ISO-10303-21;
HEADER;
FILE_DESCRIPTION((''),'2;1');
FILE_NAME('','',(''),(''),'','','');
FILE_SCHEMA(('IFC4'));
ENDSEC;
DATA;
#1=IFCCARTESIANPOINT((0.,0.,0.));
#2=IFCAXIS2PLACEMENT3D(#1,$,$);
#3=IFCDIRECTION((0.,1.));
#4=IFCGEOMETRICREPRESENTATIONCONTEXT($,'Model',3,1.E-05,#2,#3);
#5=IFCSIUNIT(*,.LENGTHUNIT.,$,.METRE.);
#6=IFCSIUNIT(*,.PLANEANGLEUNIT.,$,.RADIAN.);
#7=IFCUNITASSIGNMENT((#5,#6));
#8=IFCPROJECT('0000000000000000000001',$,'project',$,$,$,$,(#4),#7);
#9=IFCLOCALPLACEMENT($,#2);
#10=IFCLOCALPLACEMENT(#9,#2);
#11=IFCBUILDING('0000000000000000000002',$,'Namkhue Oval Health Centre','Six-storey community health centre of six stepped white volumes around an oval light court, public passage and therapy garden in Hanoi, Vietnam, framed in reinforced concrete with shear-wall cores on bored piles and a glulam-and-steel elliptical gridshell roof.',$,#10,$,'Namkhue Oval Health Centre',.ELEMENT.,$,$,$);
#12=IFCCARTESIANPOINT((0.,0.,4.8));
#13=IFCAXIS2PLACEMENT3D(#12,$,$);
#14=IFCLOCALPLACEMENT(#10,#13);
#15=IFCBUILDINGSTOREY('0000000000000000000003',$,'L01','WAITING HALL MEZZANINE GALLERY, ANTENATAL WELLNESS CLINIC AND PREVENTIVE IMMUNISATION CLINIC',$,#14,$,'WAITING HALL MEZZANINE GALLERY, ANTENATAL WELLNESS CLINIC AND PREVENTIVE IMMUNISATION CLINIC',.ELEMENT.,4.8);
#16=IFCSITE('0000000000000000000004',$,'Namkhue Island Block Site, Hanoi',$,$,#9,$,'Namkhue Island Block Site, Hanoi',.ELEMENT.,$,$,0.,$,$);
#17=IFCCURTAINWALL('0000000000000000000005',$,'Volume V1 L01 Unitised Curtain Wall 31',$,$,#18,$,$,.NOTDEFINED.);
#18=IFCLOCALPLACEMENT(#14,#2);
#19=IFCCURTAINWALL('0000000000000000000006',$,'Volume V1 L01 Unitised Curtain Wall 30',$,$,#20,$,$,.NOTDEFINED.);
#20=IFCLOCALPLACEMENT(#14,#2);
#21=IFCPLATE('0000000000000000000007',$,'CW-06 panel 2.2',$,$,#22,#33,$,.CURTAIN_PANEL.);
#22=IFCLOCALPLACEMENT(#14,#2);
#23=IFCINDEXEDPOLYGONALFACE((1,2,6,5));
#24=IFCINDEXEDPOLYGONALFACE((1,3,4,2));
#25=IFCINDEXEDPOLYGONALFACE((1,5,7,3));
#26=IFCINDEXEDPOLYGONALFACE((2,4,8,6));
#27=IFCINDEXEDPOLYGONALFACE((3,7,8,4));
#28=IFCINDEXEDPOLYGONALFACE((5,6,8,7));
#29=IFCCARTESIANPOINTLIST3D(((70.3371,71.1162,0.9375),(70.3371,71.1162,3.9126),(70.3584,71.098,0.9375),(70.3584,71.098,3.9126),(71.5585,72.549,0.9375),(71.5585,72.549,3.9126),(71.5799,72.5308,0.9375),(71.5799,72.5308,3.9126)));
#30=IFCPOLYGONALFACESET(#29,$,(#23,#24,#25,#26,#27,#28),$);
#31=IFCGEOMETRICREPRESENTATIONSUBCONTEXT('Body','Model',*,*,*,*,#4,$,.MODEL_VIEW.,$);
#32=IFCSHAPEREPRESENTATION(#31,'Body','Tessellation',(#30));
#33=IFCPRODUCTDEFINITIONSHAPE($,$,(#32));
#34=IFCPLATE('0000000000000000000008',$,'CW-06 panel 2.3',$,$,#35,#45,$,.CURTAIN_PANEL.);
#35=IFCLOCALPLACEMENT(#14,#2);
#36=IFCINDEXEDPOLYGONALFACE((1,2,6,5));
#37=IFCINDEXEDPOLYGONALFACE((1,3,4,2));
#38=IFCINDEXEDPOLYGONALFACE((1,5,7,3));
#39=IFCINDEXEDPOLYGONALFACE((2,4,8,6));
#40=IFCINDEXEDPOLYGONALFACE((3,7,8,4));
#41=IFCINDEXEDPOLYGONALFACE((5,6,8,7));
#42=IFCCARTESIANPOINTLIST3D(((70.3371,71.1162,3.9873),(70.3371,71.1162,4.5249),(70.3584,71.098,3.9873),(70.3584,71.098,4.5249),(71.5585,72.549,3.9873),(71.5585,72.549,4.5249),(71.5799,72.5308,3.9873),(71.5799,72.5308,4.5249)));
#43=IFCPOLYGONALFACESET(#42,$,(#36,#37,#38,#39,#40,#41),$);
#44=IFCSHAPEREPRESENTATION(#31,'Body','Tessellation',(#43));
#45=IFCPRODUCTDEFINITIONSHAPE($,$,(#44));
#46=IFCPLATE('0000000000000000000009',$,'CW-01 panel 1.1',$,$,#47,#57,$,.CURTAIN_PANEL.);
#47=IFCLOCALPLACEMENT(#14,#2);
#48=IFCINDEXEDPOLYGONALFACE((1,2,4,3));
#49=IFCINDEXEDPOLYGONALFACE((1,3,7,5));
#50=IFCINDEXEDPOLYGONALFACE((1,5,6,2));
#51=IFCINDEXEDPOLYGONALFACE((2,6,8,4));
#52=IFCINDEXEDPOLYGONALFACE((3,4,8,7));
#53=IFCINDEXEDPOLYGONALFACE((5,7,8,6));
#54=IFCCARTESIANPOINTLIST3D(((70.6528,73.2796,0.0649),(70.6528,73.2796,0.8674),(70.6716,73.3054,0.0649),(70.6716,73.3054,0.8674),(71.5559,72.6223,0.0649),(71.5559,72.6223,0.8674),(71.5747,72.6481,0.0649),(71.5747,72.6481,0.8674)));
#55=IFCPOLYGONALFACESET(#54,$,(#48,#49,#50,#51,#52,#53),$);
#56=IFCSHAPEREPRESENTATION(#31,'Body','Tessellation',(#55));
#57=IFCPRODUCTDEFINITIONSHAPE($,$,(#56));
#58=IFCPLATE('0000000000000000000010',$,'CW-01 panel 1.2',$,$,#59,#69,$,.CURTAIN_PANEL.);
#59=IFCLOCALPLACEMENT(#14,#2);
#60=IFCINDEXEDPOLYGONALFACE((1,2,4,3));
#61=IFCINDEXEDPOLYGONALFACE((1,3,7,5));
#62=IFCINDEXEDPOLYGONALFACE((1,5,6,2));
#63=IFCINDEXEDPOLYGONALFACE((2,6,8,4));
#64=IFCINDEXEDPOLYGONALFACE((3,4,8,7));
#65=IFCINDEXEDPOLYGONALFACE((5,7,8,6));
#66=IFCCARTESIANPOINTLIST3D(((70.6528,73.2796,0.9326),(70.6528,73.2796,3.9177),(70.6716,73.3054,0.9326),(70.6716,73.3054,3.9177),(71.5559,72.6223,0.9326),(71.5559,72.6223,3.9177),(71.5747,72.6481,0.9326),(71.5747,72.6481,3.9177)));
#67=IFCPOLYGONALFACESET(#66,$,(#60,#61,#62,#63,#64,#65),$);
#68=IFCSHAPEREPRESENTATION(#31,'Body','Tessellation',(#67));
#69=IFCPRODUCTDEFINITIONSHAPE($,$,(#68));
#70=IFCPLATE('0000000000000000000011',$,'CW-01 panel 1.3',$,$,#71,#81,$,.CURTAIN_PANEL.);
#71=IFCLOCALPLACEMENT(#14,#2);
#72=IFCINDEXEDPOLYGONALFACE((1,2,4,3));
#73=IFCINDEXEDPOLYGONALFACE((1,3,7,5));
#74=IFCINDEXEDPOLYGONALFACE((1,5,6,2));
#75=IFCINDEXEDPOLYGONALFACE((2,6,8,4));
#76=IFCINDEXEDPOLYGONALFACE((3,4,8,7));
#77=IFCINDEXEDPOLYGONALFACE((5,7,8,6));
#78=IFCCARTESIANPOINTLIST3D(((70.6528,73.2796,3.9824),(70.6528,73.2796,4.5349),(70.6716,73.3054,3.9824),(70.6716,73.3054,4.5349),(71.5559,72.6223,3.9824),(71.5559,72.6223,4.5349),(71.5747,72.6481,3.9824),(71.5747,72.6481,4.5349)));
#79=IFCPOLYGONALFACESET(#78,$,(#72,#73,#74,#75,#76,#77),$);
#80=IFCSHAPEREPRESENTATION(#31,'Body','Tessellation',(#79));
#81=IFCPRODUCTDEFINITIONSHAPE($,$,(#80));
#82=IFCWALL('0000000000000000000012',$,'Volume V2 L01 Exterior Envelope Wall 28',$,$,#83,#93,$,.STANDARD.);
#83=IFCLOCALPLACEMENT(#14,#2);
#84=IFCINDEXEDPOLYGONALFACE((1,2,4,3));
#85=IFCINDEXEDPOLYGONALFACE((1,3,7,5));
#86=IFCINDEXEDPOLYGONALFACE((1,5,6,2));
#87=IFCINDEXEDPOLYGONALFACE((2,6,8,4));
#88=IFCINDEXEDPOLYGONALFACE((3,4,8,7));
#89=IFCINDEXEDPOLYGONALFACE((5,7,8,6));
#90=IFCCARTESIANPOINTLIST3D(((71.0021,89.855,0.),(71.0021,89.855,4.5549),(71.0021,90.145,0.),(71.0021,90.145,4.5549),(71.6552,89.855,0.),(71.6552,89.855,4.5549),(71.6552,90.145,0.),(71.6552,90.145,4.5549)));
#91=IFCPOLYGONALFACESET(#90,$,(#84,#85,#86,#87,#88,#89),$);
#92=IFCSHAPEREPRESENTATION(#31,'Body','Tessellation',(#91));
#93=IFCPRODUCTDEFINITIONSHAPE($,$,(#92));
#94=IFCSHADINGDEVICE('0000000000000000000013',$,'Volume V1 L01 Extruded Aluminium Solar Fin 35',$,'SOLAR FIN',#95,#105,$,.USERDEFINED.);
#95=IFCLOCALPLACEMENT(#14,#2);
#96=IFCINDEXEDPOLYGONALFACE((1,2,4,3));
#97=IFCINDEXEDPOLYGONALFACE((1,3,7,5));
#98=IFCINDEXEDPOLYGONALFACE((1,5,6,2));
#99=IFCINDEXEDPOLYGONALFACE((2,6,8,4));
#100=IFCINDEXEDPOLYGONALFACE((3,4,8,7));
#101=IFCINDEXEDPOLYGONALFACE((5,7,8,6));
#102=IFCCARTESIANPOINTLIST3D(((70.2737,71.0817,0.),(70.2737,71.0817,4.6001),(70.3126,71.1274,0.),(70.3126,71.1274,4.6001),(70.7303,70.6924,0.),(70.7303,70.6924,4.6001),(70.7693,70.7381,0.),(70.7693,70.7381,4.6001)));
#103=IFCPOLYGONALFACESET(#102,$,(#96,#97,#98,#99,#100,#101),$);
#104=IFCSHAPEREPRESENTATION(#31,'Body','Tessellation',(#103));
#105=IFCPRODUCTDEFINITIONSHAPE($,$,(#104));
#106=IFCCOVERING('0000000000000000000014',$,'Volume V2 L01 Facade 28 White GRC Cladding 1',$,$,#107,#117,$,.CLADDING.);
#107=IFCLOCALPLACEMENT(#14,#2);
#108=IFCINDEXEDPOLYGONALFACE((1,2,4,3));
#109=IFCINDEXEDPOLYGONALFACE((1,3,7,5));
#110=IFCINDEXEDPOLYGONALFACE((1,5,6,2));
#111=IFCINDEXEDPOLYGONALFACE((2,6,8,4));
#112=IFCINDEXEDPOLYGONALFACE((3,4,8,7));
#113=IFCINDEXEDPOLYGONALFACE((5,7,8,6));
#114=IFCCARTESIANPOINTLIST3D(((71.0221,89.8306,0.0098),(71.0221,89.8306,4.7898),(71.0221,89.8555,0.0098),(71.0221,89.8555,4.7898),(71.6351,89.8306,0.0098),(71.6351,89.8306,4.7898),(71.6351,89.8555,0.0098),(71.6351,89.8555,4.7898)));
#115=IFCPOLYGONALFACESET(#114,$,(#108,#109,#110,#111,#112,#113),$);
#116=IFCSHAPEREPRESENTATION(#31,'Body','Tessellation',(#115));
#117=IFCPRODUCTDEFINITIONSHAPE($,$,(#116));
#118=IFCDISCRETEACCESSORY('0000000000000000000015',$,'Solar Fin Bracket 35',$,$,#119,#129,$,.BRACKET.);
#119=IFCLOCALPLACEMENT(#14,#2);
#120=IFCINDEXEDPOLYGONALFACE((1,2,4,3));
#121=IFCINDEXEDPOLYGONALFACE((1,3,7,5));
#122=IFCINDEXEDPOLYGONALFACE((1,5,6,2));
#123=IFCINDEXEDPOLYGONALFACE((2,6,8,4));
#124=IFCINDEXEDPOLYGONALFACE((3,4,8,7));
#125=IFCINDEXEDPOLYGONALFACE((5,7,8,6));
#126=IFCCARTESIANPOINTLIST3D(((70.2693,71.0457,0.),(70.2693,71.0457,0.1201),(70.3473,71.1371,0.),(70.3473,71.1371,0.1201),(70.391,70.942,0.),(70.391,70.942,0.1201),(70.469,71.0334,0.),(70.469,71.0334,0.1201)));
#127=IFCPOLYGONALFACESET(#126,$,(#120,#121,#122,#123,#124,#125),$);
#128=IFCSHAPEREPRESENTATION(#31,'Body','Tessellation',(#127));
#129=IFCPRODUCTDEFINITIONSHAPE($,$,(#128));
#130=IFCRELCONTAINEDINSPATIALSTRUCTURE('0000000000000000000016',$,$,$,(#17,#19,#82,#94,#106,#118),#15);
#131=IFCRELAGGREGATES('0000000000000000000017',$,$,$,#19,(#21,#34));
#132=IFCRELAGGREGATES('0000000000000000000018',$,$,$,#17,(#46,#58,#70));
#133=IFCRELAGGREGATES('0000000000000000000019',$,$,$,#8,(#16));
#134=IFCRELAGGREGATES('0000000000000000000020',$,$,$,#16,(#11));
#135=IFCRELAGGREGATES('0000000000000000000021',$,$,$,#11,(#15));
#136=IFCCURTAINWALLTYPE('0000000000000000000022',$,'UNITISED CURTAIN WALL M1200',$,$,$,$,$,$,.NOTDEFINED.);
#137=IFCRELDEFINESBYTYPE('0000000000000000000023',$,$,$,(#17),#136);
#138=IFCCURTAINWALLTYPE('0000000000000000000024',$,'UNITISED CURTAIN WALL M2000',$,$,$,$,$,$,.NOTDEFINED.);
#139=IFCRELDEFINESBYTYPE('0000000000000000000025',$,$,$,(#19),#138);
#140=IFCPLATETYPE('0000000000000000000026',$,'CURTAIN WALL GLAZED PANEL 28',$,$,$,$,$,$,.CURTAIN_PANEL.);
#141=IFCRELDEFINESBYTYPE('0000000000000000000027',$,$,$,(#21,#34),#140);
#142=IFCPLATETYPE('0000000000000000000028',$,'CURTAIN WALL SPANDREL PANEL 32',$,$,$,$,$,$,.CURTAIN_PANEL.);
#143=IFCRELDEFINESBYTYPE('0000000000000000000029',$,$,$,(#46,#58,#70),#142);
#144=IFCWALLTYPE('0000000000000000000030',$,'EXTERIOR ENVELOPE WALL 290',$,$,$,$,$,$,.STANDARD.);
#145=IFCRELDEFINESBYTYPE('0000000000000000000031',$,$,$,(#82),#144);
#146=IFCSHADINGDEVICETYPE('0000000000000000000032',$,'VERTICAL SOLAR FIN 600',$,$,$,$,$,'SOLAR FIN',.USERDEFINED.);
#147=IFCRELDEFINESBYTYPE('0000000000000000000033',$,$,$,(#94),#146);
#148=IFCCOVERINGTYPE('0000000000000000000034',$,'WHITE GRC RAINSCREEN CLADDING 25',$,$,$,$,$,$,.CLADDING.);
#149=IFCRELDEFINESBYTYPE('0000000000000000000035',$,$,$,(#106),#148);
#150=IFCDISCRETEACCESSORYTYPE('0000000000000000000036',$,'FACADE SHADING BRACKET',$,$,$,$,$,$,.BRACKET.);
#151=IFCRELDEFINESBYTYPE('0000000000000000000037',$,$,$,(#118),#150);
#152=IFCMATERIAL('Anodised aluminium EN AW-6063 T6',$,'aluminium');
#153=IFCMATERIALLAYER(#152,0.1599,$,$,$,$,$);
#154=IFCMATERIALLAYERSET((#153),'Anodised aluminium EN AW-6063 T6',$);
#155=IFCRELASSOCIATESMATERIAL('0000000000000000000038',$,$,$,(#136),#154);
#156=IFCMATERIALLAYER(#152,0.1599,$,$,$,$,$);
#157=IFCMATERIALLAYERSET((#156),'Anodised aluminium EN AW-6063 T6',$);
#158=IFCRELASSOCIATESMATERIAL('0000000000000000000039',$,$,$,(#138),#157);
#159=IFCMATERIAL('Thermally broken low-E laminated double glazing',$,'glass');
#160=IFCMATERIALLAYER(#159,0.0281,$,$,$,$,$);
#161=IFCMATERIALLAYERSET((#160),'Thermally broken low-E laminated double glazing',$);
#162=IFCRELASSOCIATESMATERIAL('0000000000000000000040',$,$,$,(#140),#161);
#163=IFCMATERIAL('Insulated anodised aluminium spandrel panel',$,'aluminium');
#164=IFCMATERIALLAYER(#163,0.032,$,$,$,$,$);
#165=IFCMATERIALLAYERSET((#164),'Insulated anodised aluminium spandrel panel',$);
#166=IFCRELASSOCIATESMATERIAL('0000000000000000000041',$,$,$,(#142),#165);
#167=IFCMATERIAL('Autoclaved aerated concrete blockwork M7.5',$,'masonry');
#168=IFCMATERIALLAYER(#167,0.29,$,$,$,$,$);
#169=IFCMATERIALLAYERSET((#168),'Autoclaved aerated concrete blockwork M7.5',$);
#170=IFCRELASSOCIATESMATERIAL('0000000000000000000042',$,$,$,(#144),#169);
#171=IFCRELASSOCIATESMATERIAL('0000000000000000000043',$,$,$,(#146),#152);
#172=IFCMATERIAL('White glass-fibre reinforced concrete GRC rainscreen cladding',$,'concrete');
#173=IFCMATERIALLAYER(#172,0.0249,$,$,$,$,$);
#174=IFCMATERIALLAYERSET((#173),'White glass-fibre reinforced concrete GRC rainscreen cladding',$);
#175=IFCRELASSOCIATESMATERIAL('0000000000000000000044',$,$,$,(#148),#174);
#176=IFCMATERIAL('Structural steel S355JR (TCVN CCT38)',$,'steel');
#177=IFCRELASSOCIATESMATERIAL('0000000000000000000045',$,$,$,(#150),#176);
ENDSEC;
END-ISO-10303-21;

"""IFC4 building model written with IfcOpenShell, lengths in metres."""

from ifc_helpers import new_model, si_unit, direction, frame, frame_2d, origin, origin_2d, place, context, subcontext, project, spatial, rectangle, extrude, material, layer, layer_set, type_object, element, aggregate, save


model = new_model("IFC4")

# Units and contexts
model_context = context("Model", 3, precision=1e-05, world=origin(), true_north=direction((0.0, 1.0)))
body_context = subcontext(model_context, "Body", "Model", "MODEL_VIEW")
ifc_project = project(units=[si_unit("LENGTHUNIT", "METRE"), si_unit("PLANEANGLEUNIT", "RADIAN")], contexts=[model_context])

# Site, building, storey
site_placement = place(None, origin())
site = spatial("IfcSite", under=ifc_project, at=site_placement, Name="Namkhue Island Block Site, Hanoi", LongName="Namkhue Island Block Site, Hanoi", CompositionType="ELEMENT", RefElevation=0.0)
building_placement = place(site_placement, origin())
building = spatial("IfcBuilding", under=site, at=building_placement, Name="Namkhue Oval Health Centre", Description="Six-storey community health centre of six stepped white volumes around an oval light court, public passage and therapy garden in Hanoi, Vietnam, framed in reinforced concrete with shear-wall cores on bored piles and a glulam-and-steel elliptical gridshell roof.", LongName="Namkhue Oval Health Centre", CompositionType="ELEMENT")
storey_placement = place(building_placement, frame((0.0, 0.0, 4.8)))
storey = spatial("IfcBuildingStorey", under=building, at=storey_placement, Name="L01", Description="WAITING HALL MEZZANINE GALLERY, ANTENATAL WELLNESS CLINIC AND PREVENTIVE IMMUNISATION CLINIC", LongName="WAITING HALL MEZZANINE GALLERY, ANTENATAL WELLNESS CLINIC AND PREVENTIVE IMMUNISATION CLINIC", CompositionType="ELEMENT", Elevation=4.8)

# Curtain wall
ifc_material_1 = material(Name="Anodised aluminium EN AW-6063 T6", Category="aluminium")
ifc_layer_1 = layer(ifc_material_1, 0.1599)
ifc_layer_set_1 = layer_set([ifc_layer_1], Name="Anodised aluminium EN AW-6063 T6")
curtain_wall_type_1 = type_object("IfcCurtainWallType", Name="UNITISED CURTAIN WALL M1200", PredefinedType="NOTDEFINED", material=ifc_layer_set_1)
curtain_wall_1_placement = place(storey_placement, origin())
curtain_wall_1 = element("IfcCurtainWall", 1, at=curtain_wall_1_placement, inside=storey, type_object=curtain_wall_type_1, Name="Volume V1 L01 Unitised Curtain Wall 31", PredefinedType="NOTDEFINED")

# Curtain wall, plates
ifc_layer_2 = layer(ifc_material_1, 0.1599)
ifc_layer_set_2 = layer_set([ifc_layer_2], Name="Anodised aluminium EN AW-6063 T6")
curtain_wall_type_2 = type_object("IfcCurtainWallType", Name="UNITISED CURTAIN WALL M2000", PredefinedType="NOTDEFINED", material=ifc_layer_set_2)
curtain_wall_2_placement = place(storey_placement, origin())
curtain_wall_2 = element("IfcCurtainWall", 2, at=curtain_wall_2_placement, inside=storey, type_object=curtain_wall_type_2, Name="Volume V1 L01 Unitised Curtain Wall 30", PredefinedType="NOTDEFINED")
ifc_material_2 = material(Name="Thermally broken low-E laminated double glazing", Category="glass")
ifc_layer_3 = layer(ifc_material_2, 0.0281)
ifc_layer_set_3 = layer_set([ifc_layer_3], Name="Thermally broken low-E laminated double glazing")
plate_type_1 = type_object("IfcPlateType", Name="CURTAIN WALL GLAZED PANEL 28", PredefinedType="CURTAIN_PANEL", material=ifc_layer_set_3)
plate_1_placement = place(storey_placement, frame((70.9585, 71.8235, 0.9375), z_axis=(0.0, 0.0, 1.0), x_axis=(0.648746, 0.761005, 0.0)))
plate_1 = element("IfcPlate", 3, at=plate_1_placement, type_object=plate_type_1, Name="CW-06 panel 2.2", PredefinedType="CURTAIN_PANEL", context=body_context, shape_type="SweptSolid", body=[
    extrude(rectangle(XDim=1.8828, YDim=0.0281, at=origin_2d()), origin(), (0.0, 0.0, 1.0), 2.9751),
])
plate_2_placement = place(storey_placement, frame((70.9585, 71.8235, 3.9873), z_axis=(0.0, 0.0, 1.0), x_axis=(0.648746, 0.761005, 0.0)))
plate_2 = element("IfcPlate", 4, at=plate_2_placement, type_object=plate_type_1, Name="CW-06 panel 2.3", PredefinedType="CURTAIN_PANEL", context=body_context, shape_type="SweptSolid", body=[
    extrude(rectangle(XDim=1.8828, YDim=0.0281, at=origin_2d()), origin(), (0.0, 0.0, 1.0), 0.5376),
])
aggregate(curtain_wall_2, [plate_1, plate_2])

# Plates
ifc_material_3 = material(Name="Insulated anodised aluminium spandrel panel", Category="aluminium")
ifc_layer_4 = layer(ifc_material_3, 0.032)
ifc_layer_set_4 = layer_set([ifc_layer_4], Name="Insulated anodised aluminium spandrel panel")
plate_type_2 = type_object("IfcPlateType", Name="CURTAIN WALL SPANDREL PANEL 32", PredefinedType="CURTAIN_PANEL", material=ifc_layer_set_4)
plate_3_placement = place(storey_placement, frame((71.1138, 72.9639, 0.0649), z_axis=(0.0, 0.0, 1.0), x_axis=(-0.808514, 0.588477, 0.0)))
plate_3 = element("IfcPlate", 5, at=plate_3_placement, type_object=plate_type_2, Name="CW-01 panel 1.1", PredefinedType="CURTAIN_PANEL", context=body_context, shape_type="SweptSolid", body=[
    extrude(rectangle(XDim=1.1169, YDim=0.032, at=origin_2d()), origin(), (0.0, 0.0, 1.0), 0.8025),
])
plate_4_placement = place(storey_placement, frame((71.1138, 72.9639, 0.9326), z_axis=(0.0, 0.0, 1.0), x_axis=(-0.808514, 0.588477, 0.0)))
plate_4 = element("IfcPlate", 6, at=plate_4_placement, type_object=plate_type_2, Name="CW-01 panel 1.2", PredefinedType="CURTAIN_PANEL", context=body_context, shape_type="SweptSolid", body=[
    extrude(rectangle(XDim=1.1169, YDim=0.032, at=origin_2d()), origin(), (0.0, 0.0, 1.0), 2.9851),
])
plate_5_placement = place(storey_placement, frame((71.1138, 72.9639, 3.9824), z_axis=(0.0, 0.0, 1.0), x_axis=(-0.808514, 0.588477, 0.0)))
plate_5 = element("IfcPlate", 7, at=plate_5_placement, type_object=plate_type_2, Name="CW-01 panel 1.3", PredefinedType="CURTAIN_PANEL", context=body_context, shape_type="SweptSolid", body=[
    extrude(rectangle(XDim=1.1169, YDim=0.032, at=origin_2d()), origin(), (0.0, 0.0, 1.0), 0.5525),
])
aggregate(curtain_wall_1, [plate_3, plate_4, plate_5])

# Wall
ifc_material_4 = material(Name="Autoclaved aerated concrete blockwork M7.5", Category="masonry")
ifc_layer_5 = layer(ifc_material_4, 0.29)
ifc_layer_set_5 = layer_set([ifc_layer_5], Name="Autoclaved aerated concrete blockwork M7.5")
wall_type = type_object("IfcWallType", Name="EXTERIOR ENVELOPE WALL 290", PredefinedType="STANDARD", material=ifc_layer_set_5)
wall_placement = place(storey_placement, frame((71.002, 90.0, 0.0), z_axis=(0.0, 0.0, 1.0), x_axis=(1.0, 0.0, 0.0)))
element("IfcWall", 8, at=wall_placement, inside=storey, type_object=wall_type, Name="Volume V2 L01 Exterior Envelope Wall 28", PredefinedType="STANDARD", context=body_context, shape_type="SweptSolid", body=[
    extrude(rectangle(XDim=0.6531, YDim=0.29, at=frame_2d((0.3267, 0.0))), origin(), (0.0, 0.0, 1.0), 4.5549),
])

# Shading device
shading_device_type = type_object("IfcShadingDeviceType", Name="VERTICAL SOLAR FIN 600", ElementType="SOLAR FIN", PredefinedType="USERDEFINED", material=ifc_material_1)
shading_device_placement = place(storey_placement, frame((70.5215, 70.9099, 0.0), z_axis=(0.0, 0.0, 1.0), x_axis=(0.760972, -0.648784, 0.0)))
element("IfcShadingDevice", 9, at=shading_device_placement, inside=storey, type_object=shading_device_type, Name="Volume V1 L01 Extruded Aluminium Solar Fin 35", ObjectType="SOLAR FIN", PredefinedType="USERDEFINED", context=body_context, shape_type="SweptSolid", body=[
    extrude(rectangle(XDim=0.6001, YDim=0.0601, at=origin_2d()), origin(), (0.0, 0.0, 1.0), 4.6001),
])

# Covering
ifc_material_5 = material(Name="White glass-fibre reinforced concrete GRC rainscreen cladding", Category="concrete")
ifc_layer_6 = layer(ifc_material_5, 0.0249)
ifc_layer_set_6 = layer_set([ifc_layer_6], Name="White glass-fibre reinforced concrete GRC rainscreen cladding")
covering_type = type_object("IfcCoveringType", Name="WHITE GRC RAINSCREEN CLADDING 25", PredefinedType="CLADDING", material=ifc_layer_set_6)
covering_placement = place(storey_placement, frame((71.3286, 89.843, 0.0098), z_axis=(0.0, 0.0, 1.0), x_axis=(1.0, 0.0, 0.0)))
element("IfcCovering", 10, at=covering_placement, inside=storey, type_object=covering_type, Name="Volume V2 L01 Facade 28 White GRC Cladding 1", PredefinedType="CLADDING", context=body_context, shape_type="SweptSolid", body=[
    extrude(rectangle(XDim=0.613, YDim=0.0249, at=origin_2d()), origin(), (0.0, 0.0, 1.0), 4.78),
])

# Discrete accessory
ifc_material_6 = material(Name="Structural steel S355JR (TCVN CCT38)", Category="steel")
discrete_accessory_type = type_object("IfcDiscreteAccessoryType", Name="FACADE SHADING BRACKET", PredefinedType="BRACKET", material=ifc_material_6)
discrete_accessory_placement = place(storey_placement, frame((70.3691, 71.0396, 0.0), z_axis=(0.0, 0.0, 1.0), x_axis=(0.760972, -0.648784, 0.0)))
element("IfcDiscreteAccessory", 11, at=discrete_accessory_placement, inside=storey, type_object=discrete_accessory_type, Name="Solar Fin Bracket 35", PredefinedType="BRACKET", context=body_context, shape_type="SweptSolid", body=[
    extrude(rectangle(XDim=0.1599, YDim=0.1201, at=origin_2d()), origin(), (0.0, 0.0, 1.0), 0.1201),
])

save(model, "model.ifc")
